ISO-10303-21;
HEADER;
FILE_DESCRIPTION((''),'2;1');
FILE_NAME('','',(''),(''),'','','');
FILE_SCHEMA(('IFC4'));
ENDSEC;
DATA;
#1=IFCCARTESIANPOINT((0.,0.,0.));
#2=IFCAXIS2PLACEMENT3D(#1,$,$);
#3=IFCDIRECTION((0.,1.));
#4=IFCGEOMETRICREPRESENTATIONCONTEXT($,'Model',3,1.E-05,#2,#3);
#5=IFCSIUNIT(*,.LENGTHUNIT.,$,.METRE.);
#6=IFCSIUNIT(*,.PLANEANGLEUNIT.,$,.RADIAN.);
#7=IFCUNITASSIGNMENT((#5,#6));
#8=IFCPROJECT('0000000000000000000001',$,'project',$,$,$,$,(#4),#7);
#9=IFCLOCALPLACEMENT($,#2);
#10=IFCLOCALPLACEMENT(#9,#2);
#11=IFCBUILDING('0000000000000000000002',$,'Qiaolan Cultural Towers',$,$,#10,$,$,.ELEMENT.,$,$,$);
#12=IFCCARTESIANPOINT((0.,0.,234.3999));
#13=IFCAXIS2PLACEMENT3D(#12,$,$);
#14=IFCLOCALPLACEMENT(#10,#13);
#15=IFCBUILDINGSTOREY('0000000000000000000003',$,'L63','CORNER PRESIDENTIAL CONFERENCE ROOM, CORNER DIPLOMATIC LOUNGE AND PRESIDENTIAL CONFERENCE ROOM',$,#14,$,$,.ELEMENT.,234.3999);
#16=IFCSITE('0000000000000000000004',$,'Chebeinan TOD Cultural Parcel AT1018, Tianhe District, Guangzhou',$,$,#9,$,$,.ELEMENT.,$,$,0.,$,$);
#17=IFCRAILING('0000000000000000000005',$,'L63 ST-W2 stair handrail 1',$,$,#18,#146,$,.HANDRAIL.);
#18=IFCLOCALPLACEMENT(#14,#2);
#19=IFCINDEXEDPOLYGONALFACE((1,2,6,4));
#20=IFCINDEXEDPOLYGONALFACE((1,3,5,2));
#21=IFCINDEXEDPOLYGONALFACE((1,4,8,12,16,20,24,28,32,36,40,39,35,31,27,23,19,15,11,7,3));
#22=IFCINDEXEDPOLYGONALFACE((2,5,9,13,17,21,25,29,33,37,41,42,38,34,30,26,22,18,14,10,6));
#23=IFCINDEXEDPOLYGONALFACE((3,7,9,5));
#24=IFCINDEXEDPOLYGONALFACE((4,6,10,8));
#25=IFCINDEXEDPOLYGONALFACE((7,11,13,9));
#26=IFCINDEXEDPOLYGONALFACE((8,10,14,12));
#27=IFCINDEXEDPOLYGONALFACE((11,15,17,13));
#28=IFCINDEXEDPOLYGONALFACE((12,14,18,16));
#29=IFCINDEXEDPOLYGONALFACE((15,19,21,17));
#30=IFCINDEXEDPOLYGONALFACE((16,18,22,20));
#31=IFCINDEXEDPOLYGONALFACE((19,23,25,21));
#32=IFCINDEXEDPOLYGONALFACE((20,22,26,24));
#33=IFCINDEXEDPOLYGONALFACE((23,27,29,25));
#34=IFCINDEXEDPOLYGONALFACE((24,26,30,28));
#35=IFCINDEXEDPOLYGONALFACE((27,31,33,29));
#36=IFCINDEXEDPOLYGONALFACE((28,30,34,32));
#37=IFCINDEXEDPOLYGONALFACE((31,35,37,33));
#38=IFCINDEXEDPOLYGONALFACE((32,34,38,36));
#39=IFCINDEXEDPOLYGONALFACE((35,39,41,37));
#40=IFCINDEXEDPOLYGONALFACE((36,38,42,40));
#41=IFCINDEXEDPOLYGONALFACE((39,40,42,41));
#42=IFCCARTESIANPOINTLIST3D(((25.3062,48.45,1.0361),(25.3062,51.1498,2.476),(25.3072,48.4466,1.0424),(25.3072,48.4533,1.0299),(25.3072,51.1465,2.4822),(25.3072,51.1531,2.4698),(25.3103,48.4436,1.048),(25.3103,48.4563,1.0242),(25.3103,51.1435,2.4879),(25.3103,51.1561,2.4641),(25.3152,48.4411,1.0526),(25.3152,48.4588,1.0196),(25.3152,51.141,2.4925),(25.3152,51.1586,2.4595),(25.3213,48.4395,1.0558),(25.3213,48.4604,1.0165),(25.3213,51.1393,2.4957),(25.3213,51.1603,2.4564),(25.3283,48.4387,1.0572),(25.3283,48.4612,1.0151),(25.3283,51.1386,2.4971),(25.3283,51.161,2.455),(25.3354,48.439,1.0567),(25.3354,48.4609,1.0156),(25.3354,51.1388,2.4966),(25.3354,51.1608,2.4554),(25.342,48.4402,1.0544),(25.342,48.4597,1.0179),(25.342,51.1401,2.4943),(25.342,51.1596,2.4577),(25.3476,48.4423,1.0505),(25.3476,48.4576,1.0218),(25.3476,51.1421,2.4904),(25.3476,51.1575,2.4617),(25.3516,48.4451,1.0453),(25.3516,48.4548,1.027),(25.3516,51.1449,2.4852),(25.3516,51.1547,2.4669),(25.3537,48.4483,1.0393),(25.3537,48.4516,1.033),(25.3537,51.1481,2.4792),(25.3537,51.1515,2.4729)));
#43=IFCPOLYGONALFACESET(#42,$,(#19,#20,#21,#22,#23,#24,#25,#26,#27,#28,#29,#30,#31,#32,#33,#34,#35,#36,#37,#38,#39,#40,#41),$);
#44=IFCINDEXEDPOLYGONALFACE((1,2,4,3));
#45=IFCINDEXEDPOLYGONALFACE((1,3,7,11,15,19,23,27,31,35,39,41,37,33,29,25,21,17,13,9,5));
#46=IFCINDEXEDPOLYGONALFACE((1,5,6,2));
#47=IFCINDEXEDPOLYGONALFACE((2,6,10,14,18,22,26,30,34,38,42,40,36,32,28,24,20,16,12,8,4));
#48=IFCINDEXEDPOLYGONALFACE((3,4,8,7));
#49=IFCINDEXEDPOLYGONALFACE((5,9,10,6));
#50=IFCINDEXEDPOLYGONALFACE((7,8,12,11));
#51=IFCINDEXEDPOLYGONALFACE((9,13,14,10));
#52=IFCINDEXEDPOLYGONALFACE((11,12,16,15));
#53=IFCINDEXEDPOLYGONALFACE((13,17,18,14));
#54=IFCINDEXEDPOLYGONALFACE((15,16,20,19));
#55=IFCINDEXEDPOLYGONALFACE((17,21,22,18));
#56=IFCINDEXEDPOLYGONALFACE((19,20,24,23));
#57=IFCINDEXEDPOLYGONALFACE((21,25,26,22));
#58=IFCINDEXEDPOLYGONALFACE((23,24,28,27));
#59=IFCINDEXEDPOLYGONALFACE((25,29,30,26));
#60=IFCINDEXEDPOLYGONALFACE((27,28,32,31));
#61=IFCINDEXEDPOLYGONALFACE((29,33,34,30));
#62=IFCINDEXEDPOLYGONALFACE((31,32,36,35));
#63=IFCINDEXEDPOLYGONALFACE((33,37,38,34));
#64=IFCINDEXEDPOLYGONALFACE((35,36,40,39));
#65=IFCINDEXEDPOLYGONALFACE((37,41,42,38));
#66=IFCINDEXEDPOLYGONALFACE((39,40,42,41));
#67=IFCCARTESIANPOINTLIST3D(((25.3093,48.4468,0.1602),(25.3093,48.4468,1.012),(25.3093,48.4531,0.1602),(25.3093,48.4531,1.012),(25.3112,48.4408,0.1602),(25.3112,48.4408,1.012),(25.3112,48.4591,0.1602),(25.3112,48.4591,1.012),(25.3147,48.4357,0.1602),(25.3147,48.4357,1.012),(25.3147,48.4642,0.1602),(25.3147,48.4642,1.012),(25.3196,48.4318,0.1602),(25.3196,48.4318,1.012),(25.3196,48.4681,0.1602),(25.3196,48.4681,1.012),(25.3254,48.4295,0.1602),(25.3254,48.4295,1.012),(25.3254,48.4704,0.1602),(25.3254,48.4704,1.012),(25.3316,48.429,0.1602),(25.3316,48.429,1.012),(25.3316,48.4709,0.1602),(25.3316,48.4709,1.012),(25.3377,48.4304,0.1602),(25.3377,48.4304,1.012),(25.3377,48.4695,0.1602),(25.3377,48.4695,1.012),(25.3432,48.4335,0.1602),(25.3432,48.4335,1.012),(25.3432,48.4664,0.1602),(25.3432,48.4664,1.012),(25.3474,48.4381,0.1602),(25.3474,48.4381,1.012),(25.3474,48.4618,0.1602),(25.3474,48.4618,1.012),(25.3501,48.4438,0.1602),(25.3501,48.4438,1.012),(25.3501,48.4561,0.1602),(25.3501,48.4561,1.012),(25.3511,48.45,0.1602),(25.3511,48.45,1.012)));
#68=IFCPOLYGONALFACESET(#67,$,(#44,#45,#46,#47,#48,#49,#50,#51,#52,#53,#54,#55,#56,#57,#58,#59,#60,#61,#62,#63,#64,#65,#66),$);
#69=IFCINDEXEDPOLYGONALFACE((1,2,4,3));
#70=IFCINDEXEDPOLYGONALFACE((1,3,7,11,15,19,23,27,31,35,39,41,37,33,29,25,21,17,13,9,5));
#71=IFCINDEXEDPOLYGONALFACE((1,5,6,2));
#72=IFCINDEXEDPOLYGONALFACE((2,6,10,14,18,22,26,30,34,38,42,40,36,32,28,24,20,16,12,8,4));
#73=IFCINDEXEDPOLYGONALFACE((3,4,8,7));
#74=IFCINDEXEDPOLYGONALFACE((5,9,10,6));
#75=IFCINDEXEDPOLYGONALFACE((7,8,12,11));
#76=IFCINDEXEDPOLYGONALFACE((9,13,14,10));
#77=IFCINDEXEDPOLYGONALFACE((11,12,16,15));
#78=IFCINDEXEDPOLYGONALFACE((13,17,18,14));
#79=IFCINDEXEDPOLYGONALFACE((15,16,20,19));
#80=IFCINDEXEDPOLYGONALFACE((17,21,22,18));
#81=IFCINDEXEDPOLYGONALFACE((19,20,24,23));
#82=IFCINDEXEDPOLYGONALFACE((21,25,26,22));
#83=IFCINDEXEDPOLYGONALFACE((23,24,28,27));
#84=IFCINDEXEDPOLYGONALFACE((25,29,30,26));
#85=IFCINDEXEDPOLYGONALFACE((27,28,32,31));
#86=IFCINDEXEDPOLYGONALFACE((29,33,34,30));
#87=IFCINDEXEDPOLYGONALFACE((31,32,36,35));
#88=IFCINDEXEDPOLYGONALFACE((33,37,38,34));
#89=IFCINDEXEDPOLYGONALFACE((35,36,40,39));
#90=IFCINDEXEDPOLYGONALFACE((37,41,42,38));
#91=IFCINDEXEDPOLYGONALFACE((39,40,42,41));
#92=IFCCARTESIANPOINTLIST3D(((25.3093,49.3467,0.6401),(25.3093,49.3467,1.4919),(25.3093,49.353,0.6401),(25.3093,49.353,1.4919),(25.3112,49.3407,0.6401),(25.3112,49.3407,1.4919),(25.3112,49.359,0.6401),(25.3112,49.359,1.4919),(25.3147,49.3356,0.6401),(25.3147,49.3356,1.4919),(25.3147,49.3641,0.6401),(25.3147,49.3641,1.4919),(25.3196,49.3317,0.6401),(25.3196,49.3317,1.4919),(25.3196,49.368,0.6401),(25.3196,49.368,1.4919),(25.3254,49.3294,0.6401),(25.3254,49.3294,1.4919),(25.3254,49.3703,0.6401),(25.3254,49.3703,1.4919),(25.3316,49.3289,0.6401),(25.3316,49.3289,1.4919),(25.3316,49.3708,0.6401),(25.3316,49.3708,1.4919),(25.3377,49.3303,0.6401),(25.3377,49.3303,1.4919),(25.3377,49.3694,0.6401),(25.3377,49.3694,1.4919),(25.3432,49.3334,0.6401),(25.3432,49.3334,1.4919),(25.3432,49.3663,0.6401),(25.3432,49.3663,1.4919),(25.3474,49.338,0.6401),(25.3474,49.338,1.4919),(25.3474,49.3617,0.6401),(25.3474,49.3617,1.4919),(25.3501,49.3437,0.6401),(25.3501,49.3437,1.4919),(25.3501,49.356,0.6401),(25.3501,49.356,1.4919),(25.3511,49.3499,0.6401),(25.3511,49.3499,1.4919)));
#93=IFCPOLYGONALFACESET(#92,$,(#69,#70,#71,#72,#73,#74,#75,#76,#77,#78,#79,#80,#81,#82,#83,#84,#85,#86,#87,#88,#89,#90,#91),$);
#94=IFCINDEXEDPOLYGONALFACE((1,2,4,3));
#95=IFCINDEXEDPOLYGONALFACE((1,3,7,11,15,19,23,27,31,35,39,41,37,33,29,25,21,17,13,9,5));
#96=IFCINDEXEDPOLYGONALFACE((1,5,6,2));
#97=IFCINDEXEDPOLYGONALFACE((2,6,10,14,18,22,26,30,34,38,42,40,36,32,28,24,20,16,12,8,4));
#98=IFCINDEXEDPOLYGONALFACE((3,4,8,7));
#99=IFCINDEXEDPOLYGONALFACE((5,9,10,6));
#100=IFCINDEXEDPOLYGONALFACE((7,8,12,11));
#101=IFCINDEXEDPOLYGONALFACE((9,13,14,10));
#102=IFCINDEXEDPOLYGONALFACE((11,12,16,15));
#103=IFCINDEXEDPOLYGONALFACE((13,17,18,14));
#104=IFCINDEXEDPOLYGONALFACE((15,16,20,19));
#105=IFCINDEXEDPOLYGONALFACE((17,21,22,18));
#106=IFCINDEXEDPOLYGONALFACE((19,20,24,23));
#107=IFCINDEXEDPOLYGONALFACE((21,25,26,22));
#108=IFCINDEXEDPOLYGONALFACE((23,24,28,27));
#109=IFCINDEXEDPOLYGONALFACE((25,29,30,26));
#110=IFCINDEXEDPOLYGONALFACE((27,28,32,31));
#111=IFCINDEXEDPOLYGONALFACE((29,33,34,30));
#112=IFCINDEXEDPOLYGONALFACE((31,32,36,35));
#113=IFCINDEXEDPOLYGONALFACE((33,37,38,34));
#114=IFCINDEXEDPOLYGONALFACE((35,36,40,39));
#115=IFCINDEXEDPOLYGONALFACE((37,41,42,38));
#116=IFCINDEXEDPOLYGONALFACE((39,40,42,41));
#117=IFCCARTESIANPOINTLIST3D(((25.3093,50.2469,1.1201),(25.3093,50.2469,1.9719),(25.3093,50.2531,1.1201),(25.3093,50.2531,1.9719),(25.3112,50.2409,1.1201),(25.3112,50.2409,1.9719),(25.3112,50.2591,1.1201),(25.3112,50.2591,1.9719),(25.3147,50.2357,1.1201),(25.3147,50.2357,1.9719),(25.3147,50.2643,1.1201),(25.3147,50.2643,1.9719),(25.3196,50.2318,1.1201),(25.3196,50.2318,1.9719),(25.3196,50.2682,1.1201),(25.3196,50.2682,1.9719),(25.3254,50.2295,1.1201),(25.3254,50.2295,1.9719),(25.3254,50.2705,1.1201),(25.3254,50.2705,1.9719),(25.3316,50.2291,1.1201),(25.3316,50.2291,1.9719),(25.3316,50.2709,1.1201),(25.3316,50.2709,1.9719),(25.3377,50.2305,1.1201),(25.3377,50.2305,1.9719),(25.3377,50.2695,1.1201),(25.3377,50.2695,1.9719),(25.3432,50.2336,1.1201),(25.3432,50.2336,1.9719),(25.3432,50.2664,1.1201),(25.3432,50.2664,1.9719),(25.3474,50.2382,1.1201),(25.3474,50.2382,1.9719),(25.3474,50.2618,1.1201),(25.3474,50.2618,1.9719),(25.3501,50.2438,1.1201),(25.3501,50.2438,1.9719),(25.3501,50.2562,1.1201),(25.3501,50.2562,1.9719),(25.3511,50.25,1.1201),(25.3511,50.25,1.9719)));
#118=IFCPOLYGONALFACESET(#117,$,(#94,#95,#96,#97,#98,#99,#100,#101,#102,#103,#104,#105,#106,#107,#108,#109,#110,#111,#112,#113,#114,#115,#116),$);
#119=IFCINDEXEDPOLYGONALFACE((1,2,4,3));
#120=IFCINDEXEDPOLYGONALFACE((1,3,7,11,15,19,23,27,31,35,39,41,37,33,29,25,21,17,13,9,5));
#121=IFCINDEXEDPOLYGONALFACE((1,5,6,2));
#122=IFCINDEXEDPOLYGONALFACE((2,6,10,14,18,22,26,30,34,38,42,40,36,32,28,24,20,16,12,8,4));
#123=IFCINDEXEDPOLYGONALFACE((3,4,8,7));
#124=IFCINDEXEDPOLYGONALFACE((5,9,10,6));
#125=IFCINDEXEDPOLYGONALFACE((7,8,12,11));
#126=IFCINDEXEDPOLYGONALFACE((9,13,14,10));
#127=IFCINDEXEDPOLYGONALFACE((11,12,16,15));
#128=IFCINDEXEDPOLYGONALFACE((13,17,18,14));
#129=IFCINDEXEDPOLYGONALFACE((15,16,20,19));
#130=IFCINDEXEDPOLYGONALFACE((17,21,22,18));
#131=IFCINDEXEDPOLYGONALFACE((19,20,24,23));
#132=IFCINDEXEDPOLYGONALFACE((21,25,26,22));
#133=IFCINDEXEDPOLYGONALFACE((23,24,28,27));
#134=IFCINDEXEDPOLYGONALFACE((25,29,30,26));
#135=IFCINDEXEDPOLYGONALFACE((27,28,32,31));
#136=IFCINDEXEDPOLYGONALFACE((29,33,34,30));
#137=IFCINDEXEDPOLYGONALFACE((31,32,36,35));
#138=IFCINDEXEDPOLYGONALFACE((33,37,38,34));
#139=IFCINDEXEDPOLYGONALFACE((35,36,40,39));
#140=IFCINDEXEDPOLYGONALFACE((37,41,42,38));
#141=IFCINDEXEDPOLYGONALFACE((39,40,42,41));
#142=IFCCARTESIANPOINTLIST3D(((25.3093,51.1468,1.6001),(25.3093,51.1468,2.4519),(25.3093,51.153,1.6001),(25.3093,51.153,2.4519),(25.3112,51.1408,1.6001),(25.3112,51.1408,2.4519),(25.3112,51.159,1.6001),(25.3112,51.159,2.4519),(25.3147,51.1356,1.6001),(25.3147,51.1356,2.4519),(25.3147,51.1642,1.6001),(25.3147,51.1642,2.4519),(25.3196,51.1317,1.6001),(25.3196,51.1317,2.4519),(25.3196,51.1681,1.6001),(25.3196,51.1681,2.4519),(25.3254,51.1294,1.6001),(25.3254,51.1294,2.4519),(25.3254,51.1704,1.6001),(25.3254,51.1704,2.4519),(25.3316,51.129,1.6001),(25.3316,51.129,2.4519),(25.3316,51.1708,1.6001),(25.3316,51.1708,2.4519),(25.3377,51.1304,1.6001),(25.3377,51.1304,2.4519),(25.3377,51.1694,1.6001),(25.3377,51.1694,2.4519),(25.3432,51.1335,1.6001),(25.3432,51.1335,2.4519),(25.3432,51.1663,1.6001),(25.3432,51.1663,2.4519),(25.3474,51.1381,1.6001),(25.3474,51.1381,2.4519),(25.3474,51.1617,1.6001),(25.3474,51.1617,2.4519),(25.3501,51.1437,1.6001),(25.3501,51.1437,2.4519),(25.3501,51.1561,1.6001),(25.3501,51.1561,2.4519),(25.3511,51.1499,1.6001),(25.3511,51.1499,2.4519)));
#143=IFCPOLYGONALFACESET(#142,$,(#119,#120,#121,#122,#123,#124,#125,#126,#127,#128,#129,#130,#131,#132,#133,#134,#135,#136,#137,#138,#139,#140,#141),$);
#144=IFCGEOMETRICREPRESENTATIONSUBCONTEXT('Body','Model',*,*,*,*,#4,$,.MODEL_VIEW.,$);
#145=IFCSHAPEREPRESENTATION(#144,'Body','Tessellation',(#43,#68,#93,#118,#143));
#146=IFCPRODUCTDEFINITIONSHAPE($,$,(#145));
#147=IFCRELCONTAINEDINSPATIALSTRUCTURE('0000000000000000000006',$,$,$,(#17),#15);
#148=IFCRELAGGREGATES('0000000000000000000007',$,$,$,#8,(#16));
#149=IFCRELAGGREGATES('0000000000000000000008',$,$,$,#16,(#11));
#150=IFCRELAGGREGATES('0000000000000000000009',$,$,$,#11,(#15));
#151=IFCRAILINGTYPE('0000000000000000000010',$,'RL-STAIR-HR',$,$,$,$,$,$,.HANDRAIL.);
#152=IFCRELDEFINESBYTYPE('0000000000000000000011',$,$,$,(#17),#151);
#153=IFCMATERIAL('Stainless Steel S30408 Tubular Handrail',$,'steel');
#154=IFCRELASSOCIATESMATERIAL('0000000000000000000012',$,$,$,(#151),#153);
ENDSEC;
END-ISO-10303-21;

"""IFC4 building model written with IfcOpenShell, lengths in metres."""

from ifc_helpers import new_model, si_unit, direction, frame, origin, origin_2d, place, context, subcontext, project, spatial, circle, extrude, material, type_object, element, save


model = new_model("IFC4")

# Units and contexts
model_context = context("Model", 3, precision=1e-05, world=origin(), true_north=direction((0.0, 1.0)))
body_context = subcontext(model_context, "Body", "Model", "MODEL_VIEW")
ifc_project = project(units=[si_unit("LENGTHUNIT", "METRE"), si_unit("PLANEANGLEUNIT", "RADIAN")], contexts=[model_context])

# Site, building, storey
site_placement = place(None, origin())
site = spatial("IfcSite", under=ifc_project, at=site_placement, Name="Chebeinan TOD Cultural Parcel AT1018, Tianhe District, Guangzhou", CompositionType="ELEMENT", RefElevation=0.0)
building_placement = place(site_placement, origin())
building = spatial("IfcBuilding", under=site, at=building_placement, Name="Qiaolan Cultural Towers", CompositionType="ELEMENT")
storey_placement = place(building_placement, frame((0.0, 0.0, 234.3999)))
storey = spatial("IfcBuildingStorey", under=building, at=storey_placement, Name="L63", Description="CORNER PRESIDENTIAL CONFERENCE ROOM, CORNER DIPLOMATIC LOUNGE AND PRESIDENTIAL CONFERENCE ROOM", CompositionType="ELEMENT", Elevation=234.3999)

# Railing
ifc_material_1 = material(Name="Stainless Steel S30408 Tubular Handrail", Category="steel")
railing_type_1 = type_object("IfcRailingType", Name="RL-STAIR-HR", PredefinedType="HANDRAIL", material=ifc_material_1)
railing_1_placement = place(storey_placement, frame((25.3301, 48.45, 0.1602)))
element("IfcRailing", 1, at=railing_1_placement, inside=storey, type_object=railing_type_1, Name="L63 ST-W2 stair handrail 1", PredefinedType="HANDRAIL", context=body_context, shape_type="SweptSolid", body=[
    extrude(circle(Radius=0.0239, at=origin_2d()), frame((0.0, 0.0, 0.876), z_axis=(0.0, 0.882357, 0.47058), x_axis=(-1.0, 0.0, 0.0)), (0.0, 0.0, 1.0), 3.0598),
    extrude(circle(Radius=0.021, at=origin_2d()), origin(), (0.0, 0.0, 1.0), 0.8518),
    extrude(circle(Radius=0.021, at=origin_2d()), frame((0.0, 0.8999, 0.48)), (0.0, 0.0, 1.0), 0.8518),
    extrude(circle(Radius=0.021, at=origin_2d()), frame((0.0, 1.8, 0.96)), (0.0, 0.0, 1.0), 0.8518),
    extrude(circle(Radius=0.021, at=origin_2d()), frame((0.0, 2.7, 1.4399)), (0.0, 0.0, 1.0), 0.8518),
])

save(model, "model.ifc")
